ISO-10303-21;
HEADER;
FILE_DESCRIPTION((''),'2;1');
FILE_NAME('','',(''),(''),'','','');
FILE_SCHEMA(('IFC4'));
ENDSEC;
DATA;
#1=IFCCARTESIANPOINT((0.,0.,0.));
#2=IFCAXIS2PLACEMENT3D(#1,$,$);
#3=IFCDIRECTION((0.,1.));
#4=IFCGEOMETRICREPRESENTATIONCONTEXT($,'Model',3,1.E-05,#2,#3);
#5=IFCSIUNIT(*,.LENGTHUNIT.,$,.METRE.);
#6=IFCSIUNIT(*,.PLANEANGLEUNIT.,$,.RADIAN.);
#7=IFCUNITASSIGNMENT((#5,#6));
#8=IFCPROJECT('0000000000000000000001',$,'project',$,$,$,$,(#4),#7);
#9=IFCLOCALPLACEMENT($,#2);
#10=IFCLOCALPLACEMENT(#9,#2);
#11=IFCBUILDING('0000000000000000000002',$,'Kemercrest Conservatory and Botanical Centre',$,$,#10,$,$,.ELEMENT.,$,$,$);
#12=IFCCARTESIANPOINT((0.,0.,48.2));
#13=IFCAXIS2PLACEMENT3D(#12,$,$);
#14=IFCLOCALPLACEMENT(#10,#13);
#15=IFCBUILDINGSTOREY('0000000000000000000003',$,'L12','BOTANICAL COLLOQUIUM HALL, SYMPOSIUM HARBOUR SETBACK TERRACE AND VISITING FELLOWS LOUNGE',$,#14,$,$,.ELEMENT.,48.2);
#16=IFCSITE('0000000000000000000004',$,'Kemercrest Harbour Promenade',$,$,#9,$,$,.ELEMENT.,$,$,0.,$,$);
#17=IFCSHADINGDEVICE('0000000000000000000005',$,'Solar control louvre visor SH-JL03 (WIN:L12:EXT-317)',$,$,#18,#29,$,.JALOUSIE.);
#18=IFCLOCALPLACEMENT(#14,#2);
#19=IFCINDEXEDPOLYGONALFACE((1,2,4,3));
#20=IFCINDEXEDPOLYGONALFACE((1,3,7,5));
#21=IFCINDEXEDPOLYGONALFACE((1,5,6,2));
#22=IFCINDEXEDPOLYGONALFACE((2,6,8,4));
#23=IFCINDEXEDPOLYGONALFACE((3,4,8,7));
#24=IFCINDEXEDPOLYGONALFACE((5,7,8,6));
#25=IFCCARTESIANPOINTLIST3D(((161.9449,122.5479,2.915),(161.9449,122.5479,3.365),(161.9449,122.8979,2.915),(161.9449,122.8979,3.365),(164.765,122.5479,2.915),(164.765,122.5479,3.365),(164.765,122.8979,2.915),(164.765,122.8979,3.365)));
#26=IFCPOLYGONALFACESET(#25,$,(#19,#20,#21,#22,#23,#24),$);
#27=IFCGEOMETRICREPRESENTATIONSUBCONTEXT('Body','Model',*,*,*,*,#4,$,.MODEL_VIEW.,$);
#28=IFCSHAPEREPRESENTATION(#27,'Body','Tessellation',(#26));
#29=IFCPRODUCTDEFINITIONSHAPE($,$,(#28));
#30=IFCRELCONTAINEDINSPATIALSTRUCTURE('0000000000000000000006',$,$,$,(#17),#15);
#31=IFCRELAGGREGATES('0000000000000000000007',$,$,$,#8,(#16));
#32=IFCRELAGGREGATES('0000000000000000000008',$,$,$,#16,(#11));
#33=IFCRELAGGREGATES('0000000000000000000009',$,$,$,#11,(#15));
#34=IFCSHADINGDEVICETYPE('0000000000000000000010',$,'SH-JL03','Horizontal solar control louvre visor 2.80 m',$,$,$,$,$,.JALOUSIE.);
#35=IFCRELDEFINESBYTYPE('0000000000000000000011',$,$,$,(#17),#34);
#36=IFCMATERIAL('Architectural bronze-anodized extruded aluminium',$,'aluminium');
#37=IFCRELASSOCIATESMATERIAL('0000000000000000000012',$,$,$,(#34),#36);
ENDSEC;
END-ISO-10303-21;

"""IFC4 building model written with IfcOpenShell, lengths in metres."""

from ifc_helpers import new_model, si_unit, direction, frame, origin, origin_2d, place, context, subcontext, project, spatial, rectangle, extrude, material, type_object, element, save


model = new_model("IFC4")

# Units and contexts
model_context = context("Model", 3, precision=1e-05, world=origin(), true_north=direction((0.0, 1.0)))
body_context = subcontext(model_context, "Body", "Model", "MODEL_VIEW")
ifc_project = project(units=[si_unit("LENGTHUNIT", "METRE"), si_unit("PLANEANGLEUNIT", "RADIAN")], contexts=[model_context])

# Site, building, storey
site_placement = place(None, origin())
site = spatial("IfcSite", under=ifc_project, at=site_placement, Name="Kemercrest Harbour Promenade", CompositionType="ELEMENT", RefElevation=0.0)
building_placement = place(site_placement, origin())
building = spatial("IfcBuilding", under=site, at=building_placement, Name="Kemercrest Conservatory and Botanical Centre", CompositionType="ELEMENT")
storey_placement = place(building_placement, frame((0.0, 0.0, 48.2)))
storey = spatial("IfcBuildingStorey", under=building, at=storey_placement, Name="L12", Description="BOTANICAL COLLOQUIUM HALL, SYMPOSIUM HARBOUR SETBACK TERRACE AND VISITING FELLOWS LOUNGE", CompositionType="ELEMENT", Elevation=48.2)

# Shading device
ifc_material_1 = material(Name="Architectural bronze-anodized extruded aluminium", Category="aluminium")
shading_device_type = type_object("IfcShadingDeviceType", Name="SH-JL03", Description="Horizontal solar control louvre visor 2.80 m", PredefinedType="JALOUSIE", material=ifc_material_1)
shading_device_placement = place(storey_placement, frame((163.355, 122.7229, 2.915), z_axis=(0.0, 0.0, 1.0), x_axis=(-1.0, 0.0, 0.0)))
element("IfcShadingDevice", 1, at=shading_device_placement, inside=storey, type_object=shading_device_type, Name="Solar control louvre visor SH-JL03 (WIN:L12:EXT-317)", PredefinedType="JALOUSIE", context=body_context, shape_type="SweptSolid", body=[
    extrude(rectangle(XDim=2.8201, YDim=0.3501, at=origin_2d()), origin(), (0.0, 0.0, 1.0), 0.45),
])

save(model, "model.ifc")
